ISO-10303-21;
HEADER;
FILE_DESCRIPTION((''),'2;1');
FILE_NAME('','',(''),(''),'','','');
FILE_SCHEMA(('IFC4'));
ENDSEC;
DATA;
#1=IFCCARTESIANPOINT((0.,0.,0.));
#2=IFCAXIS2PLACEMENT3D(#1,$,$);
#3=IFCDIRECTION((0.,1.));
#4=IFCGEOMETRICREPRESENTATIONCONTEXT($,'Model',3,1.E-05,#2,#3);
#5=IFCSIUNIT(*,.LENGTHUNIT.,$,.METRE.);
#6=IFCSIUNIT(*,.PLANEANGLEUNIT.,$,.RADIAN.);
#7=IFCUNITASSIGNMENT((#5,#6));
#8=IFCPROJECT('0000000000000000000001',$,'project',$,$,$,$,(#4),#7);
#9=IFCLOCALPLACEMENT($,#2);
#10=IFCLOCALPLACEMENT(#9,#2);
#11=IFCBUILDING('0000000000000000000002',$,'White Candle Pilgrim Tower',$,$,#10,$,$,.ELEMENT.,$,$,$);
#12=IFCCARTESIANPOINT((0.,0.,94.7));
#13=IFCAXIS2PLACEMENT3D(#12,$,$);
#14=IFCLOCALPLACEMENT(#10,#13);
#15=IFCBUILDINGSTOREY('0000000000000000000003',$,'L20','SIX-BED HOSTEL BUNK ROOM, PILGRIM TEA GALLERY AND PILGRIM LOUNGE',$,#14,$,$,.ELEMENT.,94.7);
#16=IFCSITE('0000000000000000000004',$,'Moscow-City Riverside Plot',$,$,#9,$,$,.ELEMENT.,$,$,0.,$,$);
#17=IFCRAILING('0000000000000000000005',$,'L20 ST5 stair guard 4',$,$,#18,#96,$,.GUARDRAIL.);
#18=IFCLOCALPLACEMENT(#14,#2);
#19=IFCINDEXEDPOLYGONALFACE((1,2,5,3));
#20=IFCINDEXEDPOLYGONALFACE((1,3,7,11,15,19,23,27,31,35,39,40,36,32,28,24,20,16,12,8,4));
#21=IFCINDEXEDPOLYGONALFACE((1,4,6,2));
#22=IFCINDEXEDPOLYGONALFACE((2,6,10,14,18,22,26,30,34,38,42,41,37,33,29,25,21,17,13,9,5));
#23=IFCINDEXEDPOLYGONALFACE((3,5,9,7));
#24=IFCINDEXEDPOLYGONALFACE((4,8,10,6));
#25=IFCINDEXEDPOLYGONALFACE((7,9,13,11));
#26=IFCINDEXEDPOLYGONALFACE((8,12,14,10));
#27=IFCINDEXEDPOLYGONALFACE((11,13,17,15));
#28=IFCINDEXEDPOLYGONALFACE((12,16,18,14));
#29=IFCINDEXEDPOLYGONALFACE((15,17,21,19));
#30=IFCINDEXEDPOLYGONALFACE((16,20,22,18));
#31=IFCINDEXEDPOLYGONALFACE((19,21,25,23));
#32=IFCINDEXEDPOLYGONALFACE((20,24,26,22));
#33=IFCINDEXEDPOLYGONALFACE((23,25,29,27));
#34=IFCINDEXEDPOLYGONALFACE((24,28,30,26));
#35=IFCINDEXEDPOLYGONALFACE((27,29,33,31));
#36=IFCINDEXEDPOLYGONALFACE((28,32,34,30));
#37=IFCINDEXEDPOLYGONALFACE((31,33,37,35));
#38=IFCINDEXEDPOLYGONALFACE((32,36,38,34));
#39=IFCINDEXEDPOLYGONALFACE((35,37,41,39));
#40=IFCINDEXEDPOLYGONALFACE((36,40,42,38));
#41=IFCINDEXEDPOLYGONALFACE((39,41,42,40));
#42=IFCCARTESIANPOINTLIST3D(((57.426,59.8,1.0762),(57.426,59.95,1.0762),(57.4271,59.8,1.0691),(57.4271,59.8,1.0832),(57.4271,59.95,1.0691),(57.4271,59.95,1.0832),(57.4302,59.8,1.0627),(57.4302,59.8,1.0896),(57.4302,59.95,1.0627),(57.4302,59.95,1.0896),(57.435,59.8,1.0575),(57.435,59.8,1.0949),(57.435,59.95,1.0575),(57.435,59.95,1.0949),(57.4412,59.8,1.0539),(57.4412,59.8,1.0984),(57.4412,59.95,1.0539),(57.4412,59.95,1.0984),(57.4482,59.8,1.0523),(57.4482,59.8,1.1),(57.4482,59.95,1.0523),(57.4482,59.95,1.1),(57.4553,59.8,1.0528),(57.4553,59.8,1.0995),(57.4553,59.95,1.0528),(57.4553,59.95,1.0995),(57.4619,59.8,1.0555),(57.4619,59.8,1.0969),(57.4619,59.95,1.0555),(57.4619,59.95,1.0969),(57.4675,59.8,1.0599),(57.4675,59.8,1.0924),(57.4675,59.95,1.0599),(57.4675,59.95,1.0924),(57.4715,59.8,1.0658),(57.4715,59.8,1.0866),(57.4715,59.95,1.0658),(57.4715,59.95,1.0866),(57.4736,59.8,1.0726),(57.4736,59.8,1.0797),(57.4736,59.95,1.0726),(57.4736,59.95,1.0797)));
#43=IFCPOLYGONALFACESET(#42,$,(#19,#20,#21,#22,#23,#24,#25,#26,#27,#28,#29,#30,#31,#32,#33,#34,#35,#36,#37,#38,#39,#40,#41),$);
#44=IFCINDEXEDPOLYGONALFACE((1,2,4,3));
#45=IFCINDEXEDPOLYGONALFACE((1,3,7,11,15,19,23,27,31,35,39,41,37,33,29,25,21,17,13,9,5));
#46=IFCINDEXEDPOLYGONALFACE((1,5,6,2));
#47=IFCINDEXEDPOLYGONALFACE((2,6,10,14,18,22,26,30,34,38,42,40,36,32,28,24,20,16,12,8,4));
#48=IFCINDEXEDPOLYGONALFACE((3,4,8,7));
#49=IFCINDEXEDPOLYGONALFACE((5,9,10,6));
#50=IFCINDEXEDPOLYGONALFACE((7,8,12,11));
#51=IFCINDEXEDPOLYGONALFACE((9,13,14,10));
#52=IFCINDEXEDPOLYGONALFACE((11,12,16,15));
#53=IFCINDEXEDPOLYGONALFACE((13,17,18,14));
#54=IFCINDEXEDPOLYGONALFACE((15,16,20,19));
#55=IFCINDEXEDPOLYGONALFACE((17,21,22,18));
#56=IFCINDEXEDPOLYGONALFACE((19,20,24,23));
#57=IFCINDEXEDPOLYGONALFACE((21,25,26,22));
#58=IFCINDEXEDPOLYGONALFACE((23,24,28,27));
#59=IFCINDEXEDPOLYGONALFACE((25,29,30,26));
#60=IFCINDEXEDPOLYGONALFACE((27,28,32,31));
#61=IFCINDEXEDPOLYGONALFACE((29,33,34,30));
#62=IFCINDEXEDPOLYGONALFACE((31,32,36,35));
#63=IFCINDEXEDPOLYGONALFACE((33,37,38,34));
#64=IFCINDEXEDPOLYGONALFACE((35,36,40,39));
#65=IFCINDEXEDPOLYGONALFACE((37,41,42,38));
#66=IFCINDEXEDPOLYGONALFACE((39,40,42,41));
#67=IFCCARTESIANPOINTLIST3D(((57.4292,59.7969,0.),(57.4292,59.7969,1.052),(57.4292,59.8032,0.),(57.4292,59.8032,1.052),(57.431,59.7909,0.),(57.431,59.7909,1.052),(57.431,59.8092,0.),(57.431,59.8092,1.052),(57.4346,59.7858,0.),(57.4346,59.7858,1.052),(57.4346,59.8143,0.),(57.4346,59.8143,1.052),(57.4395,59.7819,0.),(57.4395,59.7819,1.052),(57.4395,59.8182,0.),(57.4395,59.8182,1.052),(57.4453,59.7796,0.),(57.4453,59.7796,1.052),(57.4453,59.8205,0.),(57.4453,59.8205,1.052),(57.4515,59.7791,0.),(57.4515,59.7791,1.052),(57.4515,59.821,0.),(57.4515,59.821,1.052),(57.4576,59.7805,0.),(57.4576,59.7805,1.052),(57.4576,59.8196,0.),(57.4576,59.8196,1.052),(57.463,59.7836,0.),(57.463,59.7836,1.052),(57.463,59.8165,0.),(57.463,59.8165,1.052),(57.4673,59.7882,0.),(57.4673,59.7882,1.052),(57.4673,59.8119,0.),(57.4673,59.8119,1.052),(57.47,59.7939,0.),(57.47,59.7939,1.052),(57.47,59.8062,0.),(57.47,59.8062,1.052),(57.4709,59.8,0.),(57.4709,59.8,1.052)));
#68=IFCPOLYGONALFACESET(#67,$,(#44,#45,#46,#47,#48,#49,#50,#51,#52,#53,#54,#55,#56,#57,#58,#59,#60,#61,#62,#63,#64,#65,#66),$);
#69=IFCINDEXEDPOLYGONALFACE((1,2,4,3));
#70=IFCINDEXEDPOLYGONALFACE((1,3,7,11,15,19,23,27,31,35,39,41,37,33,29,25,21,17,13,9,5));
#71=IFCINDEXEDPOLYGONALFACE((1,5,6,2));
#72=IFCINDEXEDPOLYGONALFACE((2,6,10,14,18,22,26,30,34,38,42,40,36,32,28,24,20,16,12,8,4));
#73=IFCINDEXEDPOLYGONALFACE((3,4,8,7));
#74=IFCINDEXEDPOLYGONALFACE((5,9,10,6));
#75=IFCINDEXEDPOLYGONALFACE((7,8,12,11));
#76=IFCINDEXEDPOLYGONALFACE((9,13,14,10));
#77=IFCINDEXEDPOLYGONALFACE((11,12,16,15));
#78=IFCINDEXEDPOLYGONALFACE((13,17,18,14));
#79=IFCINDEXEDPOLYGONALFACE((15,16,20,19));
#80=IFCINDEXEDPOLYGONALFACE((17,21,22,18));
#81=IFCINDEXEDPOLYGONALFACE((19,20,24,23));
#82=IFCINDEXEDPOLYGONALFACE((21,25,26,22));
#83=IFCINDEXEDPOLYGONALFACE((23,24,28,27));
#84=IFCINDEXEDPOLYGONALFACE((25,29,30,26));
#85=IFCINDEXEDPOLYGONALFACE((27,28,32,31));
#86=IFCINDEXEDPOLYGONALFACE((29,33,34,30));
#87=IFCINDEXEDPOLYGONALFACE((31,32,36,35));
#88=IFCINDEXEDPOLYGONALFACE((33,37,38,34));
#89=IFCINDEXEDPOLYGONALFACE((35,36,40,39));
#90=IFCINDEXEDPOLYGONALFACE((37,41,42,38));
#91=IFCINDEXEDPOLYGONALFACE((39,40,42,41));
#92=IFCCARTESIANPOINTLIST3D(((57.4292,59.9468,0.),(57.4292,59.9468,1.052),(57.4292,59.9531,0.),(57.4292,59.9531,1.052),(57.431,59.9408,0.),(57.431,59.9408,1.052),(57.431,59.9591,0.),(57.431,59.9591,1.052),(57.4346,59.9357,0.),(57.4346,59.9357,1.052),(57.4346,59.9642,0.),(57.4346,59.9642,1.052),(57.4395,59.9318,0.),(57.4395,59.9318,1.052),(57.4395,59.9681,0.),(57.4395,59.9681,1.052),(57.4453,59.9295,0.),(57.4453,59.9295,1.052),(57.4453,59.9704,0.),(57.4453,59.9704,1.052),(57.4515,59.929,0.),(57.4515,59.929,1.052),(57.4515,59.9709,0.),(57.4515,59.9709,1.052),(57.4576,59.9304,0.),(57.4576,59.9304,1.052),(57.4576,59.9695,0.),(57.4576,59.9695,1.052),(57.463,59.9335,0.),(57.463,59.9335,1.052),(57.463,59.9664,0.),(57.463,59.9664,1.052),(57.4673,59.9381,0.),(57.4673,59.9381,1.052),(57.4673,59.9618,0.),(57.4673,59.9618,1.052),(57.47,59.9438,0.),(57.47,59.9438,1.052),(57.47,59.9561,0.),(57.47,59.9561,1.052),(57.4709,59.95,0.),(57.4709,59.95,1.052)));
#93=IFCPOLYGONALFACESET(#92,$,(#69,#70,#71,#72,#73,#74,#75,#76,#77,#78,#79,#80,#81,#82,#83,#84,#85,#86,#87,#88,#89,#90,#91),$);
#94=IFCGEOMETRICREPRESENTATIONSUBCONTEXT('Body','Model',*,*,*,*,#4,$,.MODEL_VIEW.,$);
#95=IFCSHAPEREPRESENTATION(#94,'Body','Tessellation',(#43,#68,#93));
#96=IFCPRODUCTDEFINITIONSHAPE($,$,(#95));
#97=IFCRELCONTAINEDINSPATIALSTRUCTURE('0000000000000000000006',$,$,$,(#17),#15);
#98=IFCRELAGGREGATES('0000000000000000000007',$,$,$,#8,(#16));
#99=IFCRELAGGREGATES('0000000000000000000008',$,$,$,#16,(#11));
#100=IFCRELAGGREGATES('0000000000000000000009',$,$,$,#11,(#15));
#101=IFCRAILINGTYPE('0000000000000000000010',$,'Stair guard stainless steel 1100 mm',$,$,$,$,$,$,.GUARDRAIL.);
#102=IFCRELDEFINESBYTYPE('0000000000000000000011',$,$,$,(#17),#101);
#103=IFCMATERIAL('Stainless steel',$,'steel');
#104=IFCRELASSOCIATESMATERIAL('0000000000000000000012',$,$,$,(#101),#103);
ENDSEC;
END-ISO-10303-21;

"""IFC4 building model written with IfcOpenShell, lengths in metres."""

from ifc_helpers import new_model, si_unit, direction, frame, origin, origin_2d, place, context, subcontext, project, spatial, circle, extrude, material, type_object, element, save


model = new_model("IFC4")

# Units and contexts
model_context = context("Model", 3, precision=1e-05, world=origin(), true_north=direction((0.0, 1.0)))
body_context = subcontext(model_context, "Body", "Model", "MODEL_VIEW")
ifc_project = project(units=[si_unit("LENGTHUNIT", "METRE"), si_unit("PLANEANGLEUNIT", "RADIAN")], contexts=[model_context])

# Site, building, storey
site_placement = place(None, origin())
site = spatial("IfcSite", under=ifc_project, at=site_placement, Name="Moscow-City Riverside Plot", CompositionType="ELEMENT", RefElevation=0.0)
building_placement = place(site_placement, origin())
building = spatial("IfcBuilding", under=site, at=building_placement, Name="White Candle Pilgrim Tower", CompositionType="ELEMENT")
storey_placement = place(building_placement, frame((0.0, 0.0, 94.7)))
storey = spatial("IfcBuildingStorey", under=building, at=storey_placement, Name="L20", Description="SIX-BED HOSTEL BUNK ROOM, PILGRIM TEA GALLERY AND PILGRIM LOUNGE", CompositionType="ELEMENT", Elevation=94.7)

# Railing
ifc_material_1 = material(Name="Stainless steel", Category="steel")
railing_type_1 = type_object("IfcRailingType", Name="Stair guard stainless steel 1100 mm", PredefinedType="GUARDRAIL", material=ifc_material_1)
railing_1_placement = place(storey_placement, frame((57.45, 59.8, 0.0)))
element("IfcRailing", 1, at=railing_1_placement, inside=storey, type_object=railing_type_1, Name="L20 ST5 stair guard 4", PredefinedType="GUARDRAIL", context=body_context, shape_type="SweptSolid", body=[
    extrude(circle(Radius=0.0239, at=origin_2d()), frame((0.0, 0.0, 1.0762), z_axis=(0.0, 1.0, 0.0), x_axis=(-1.0, 0.0, 0.0)), (0.0, 0.0, 1.0), 0.1499),
    extrude(circle(Radius=0.021, at=origin_2d()), origin(), (0.0, 0.0, 1.0), 1.052),
    extrude(circle(Radius=0.021, at=origin_2d()), frame((0.0, 0.1499, 0.0)), (0.0, 0.0, 1.0), 1.052),
])

save(model, "model.ifc")
